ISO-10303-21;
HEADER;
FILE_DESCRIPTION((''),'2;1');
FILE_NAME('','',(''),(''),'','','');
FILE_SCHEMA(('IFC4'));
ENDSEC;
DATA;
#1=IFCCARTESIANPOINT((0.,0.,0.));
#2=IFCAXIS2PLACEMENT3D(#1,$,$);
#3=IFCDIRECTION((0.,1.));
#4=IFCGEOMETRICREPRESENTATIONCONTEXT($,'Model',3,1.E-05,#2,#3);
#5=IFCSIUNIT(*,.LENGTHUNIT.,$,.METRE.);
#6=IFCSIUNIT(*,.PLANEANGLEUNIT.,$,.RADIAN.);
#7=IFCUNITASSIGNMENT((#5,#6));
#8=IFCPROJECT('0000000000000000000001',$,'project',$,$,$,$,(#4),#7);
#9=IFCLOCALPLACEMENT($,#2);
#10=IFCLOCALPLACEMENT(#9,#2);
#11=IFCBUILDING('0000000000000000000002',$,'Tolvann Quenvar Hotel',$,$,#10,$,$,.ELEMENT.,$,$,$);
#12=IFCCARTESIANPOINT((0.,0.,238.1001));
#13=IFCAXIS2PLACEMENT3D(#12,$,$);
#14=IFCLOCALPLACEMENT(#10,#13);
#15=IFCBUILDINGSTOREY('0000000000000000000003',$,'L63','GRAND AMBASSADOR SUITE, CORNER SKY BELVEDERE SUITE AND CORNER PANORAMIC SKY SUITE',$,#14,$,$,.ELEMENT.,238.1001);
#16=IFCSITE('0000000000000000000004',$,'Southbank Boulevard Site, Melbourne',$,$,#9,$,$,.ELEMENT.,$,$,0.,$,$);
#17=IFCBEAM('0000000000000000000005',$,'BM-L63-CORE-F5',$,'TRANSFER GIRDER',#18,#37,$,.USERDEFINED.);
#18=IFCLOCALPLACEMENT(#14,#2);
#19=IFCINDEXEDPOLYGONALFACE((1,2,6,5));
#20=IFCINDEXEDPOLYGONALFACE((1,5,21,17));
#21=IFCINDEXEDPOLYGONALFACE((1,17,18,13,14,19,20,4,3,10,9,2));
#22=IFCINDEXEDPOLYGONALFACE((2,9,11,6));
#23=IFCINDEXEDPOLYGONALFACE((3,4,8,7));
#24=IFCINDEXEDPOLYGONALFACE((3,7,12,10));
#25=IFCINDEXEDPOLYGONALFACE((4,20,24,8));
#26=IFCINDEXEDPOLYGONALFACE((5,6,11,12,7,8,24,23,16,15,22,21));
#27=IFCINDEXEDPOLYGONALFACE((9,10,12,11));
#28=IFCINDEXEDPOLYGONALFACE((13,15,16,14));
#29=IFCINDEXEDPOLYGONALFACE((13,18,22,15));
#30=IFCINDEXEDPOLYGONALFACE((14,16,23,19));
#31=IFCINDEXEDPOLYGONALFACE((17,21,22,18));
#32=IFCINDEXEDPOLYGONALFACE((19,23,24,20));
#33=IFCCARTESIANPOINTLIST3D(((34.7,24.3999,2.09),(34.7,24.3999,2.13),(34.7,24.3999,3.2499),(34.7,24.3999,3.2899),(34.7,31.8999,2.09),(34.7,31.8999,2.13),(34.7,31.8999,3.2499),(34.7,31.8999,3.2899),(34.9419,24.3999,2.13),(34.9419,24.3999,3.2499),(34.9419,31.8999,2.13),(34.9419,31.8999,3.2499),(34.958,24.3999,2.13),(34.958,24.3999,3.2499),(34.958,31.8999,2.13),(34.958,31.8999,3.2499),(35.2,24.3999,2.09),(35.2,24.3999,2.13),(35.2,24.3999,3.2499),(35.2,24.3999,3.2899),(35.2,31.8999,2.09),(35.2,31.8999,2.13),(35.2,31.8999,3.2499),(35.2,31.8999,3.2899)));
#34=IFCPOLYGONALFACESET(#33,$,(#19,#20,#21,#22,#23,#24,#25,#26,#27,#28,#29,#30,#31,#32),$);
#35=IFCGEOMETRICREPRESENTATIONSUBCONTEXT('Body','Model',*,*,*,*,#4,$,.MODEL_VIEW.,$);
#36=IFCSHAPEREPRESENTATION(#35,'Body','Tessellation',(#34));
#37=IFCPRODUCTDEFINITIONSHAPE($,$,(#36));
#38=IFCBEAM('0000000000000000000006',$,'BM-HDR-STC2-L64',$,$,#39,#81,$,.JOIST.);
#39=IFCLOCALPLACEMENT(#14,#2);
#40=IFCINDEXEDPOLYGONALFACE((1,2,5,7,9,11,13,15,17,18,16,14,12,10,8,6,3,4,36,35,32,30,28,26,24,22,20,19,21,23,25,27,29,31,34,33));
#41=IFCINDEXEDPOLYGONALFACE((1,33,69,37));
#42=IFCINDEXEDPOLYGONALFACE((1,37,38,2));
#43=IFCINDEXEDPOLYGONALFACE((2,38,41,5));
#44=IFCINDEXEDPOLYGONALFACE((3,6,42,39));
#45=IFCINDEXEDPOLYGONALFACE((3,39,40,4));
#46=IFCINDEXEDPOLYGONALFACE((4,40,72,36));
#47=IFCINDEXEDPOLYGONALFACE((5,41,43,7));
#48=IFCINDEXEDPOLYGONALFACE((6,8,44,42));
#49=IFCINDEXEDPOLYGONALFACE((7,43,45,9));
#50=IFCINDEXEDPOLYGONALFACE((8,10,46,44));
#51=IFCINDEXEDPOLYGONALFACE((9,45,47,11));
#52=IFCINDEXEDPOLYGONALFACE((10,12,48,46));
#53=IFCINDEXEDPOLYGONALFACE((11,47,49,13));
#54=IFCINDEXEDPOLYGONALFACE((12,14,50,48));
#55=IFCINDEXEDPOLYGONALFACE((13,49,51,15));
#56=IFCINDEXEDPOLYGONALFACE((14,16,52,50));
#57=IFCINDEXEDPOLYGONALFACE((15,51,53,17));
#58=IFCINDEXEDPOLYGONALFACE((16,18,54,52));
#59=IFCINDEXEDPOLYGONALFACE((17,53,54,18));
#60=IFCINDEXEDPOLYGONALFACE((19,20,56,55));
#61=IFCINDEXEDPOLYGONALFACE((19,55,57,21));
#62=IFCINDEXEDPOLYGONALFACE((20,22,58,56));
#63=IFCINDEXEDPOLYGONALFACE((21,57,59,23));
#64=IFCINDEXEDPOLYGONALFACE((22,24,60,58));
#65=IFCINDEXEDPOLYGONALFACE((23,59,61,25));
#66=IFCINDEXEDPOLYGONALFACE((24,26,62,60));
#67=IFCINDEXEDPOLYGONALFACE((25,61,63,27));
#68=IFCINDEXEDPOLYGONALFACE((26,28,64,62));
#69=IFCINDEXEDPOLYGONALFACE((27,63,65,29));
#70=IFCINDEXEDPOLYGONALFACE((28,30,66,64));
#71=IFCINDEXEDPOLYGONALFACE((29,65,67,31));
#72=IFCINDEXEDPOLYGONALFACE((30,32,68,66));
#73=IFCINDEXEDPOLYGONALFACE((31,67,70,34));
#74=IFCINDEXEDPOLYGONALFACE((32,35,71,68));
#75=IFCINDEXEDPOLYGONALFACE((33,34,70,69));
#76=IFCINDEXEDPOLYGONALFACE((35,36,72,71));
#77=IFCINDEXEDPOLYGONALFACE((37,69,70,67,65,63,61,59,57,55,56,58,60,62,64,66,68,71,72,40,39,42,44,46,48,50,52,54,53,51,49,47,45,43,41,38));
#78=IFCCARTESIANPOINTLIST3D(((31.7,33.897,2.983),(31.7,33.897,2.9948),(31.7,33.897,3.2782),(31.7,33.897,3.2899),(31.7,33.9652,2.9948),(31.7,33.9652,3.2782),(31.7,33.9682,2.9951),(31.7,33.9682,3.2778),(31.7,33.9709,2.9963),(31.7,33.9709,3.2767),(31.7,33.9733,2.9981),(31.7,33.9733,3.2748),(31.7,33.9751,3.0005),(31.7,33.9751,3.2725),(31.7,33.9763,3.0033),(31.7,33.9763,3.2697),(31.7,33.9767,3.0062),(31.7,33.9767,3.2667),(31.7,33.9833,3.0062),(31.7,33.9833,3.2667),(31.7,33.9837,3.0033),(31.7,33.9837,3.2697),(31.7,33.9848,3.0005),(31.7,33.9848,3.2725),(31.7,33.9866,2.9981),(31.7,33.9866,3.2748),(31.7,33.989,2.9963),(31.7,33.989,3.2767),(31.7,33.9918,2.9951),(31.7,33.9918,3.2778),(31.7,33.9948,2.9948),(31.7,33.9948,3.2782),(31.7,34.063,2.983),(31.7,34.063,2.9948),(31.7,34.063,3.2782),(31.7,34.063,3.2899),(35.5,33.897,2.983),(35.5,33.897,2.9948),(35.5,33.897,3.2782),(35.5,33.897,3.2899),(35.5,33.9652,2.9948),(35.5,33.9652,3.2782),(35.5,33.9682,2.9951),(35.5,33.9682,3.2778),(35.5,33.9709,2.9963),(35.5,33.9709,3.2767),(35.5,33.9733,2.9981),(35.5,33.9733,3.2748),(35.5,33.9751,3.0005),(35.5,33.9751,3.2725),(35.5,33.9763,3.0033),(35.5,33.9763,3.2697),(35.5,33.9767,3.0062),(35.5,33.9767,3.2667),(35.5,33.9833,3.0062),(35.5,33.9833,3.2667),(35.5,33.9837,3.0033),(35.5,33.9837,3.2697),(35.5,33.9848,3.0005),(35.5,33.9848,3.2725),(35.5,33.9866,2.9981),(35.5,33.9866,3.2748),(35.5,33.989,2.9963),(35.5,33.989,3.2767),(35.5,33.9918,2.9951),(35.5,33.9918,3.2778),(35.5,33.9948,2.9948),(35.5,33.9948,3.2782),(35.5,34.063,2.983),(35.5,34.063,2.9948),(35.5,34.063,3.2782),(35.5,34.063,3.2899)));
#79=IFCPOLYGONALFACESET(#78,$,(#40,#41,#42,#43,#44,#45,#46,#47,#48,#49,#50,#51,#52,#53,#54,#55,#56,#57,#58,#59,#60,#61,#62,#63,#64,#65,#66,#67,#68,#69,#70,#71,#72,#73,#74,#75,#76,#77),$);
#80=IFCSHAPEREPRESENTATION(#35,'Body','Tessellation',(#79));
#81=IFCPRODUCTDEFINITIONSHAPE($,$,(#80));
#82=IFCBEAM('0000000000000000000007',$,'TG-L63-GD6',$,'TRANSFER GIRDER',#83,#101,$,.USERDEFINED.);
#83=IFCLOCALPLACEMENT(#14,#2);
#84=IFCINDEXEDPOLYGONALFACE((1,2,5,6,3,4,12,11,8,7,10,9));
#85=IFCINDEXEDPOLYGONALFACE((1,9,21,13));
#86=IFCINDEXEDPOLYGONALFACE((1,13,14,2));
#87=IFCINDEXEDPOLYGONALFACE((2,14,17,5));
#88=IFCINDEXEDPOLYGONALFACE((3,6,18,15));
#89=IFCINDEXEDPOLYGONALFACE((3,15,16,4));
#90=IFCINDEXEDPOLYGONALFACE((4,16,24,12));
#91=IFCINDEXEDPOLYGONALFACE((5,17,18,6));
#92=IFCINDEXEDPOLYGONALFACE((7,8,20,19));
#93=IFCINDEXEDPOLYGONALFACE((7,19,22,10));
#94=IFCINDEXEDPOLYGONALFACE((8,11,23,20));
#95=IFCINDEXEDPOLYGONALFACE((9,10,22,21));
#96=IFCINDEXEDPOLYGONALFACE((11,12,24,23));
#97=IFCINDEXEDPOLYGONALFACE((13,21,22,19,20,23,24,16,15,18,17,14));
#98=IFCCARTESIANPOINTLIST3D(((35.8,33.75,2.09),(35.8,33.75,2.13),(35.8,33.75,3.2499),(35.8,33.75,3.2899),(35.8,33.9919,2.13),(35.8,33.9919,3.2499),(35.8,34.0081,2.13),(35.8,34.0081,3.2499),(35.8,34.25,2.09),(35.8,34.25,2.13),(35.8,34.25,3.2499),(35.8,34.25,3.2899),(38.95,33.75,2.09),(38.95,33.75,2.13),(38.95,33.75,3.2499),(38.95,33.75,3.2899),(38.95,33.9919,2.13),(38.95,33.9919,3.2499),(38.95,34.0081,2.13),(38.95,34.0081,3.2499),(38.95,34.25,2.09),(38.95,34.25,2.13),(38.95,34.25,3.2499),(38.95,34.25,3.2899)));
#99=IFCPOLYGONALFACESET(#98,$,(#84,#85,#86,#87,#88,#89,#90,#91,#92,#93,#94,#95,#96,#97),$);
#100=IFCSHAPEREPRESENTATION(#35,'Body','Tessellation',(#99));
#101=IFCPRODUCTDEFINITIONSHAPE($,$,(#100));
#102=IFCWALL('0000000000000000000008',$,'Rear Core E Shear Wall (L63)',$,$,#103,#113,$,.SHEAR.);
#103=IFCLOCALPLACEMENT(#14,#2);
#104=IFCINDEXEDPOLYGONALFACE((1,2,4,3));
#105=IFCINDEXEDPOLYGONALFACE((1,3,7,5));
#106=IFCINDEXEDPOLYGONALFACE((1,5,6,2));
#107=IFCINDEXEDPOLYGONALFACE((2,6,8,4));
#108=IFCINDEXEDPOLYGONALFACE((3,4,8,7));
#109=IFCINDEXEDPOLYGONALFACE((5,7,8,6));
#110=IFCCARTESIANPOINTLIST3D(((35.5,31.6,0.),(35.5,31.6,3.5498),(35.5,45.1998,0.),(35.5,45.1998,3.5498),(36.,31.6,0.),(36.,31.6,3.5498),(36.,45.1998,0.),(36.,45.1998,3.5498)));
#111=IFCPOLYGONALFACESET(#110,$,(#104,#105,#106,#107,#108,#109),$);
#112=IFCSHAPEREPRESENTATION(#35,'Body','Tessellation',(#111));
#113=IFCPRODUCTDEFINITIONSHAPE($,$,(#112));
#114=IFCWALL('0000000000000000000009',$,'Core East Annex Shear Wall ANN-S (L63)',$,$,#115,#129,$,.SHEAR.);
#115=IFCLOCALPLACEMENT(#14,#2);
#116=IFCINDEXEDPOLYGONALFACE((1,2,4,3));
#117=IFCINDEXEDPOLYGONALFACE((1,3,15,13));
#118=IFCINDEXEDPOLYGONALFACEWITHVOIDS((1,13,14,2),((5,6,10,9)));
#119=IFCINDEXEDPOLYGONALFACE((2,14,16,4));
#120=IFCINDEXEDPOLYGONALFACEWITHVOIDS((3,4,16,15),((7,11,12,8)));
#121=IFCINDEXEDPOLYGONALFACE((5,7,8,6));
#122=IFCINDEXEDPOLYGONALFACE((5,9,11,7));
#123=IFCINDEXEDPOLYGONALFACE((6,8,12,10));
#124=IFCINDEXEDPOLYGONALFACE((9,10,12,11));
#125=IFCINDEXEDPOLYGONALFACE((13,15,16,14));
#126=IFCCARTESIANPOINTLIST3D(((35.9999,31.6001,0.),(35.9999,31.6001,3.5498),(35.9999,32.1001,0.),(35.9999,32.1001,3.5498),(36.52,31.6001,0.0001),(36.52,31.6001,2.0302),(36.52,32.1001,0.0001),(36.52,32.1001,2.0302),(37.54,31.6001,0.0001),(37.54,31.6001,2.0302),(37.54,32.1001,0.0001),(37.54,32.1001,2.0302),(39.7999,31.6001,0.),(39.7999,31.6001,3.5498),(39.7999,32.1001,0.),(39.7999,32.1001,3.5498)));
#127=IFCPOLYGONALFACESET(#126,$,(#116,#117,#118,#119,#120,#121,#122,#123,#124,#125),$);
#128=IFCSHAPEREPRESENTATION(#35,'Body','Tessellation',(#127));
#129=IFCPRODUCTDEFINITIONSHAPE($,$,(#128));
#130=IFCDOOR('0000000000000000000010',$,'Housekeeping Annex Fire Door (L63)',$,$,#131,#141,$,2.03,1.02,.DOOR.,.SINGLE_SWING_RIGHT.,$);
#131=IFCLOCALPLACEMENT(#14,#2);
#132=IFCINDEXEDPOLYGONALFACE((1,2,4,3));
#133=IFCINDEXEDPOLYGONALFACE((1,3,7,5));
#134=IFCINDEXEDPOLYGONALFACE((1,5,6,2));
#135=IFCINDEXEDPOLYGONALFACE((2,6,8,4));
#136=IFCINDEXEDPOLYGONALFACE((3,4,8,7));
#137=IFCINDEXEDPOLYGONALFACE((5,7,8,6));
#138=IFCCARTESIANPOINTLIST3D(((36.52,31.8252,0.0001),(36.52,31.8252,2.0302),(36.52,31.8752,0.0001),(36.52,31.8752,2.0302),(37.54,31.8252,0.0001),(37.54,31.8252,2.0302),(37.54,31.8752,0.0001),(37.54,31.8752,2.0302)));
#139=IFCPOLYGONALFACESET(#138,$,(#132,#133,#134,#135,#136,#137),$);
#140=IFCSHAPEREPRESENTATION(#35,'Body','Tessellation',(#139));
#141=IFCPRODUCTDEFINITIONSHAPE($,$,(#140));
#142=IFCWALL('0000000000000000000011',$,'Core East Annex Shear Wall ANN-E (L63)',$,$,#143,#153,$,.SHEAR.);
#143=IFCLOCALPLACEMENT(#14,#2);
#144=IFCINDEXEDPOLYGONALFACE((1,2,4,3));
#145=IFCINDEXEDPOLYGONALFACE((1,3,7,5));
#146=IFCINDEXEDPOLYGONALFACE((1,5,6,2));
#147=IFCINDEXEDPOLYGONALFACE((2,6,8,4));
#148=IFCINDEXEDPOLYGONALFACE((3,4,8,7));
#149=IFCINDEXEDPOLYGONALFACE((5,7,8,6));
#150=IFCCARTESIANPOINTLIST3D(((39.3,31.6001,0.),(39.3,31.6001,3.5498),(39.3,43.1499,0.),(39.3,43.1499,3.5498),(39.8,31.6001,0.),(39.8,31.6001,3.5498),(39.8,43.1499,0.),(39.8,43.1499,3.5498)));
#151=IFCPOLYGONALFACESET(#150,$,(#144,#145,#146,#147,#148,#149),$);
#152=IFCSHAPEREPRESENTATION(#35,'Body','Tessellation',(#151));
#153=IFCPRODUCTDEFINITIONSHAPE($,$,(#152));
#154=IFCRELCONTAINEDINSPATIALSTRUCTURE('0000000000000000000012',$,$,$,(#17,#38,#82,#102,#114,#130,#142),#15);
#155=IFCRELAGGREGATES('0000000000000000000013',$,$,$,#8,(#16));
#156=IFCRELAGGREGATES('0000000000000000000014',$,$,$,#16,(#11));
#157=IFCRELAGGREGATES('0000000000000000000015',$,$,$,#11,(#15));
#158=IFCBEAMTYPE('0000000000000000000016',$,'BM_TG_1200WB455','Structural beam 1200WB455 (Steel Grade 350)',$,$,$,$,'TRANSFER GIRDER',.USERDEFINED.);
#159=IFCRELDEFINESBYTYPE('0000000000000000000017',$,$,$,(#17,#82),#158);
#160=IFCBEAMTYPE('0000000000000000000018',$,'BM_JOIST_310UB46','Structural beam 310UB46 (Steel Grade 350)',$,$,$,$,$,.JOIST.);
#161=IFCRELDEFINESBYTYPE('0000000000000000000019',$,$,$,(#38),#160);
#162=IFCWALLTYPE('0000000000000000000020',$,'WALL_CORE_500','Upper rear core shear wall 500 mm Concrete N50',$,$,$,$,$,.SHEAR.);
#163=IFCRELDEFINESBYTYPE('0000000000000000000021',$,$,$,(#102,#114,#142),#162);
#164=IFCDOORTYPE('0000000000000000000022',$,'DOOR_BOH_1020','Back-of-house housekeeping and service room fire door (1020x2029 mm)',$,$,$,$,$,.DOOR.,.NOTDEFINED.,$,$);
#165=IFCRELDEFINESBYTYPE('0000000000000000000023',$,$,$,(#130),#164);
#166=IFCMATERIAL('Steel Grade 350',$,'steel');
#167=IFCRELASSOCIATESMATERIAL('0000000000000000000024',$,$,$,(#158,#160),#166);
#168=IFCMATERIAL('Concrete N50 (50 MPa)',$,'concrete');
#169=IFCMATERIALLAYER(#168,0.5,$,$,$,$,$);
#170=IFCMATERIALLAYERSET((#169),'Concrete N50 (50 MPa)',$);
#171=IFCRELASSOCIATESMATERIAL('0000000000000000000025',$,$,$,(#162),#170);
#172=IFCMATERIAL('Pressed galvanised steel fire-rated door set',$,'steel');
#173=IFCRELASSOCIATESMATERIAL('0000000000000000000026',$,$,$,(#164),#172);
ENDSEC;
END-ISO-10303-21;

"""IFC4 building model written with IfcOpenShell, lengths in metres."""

from ifc_helpers import new_model, si_unit, direction, frame, frame_2d, origin, origin_2d, place, context, subcontext, project, spatial, rectangle, i_section, extrude, source, transform, mapped, material, layer, layer_set, material_profile, profile_set, type_object, type_shapes, element, fill, save


model = new_model("IFC4")

# Units and contexts
model_context = context("Model", 3, precision=1e-05, world=origin(), true_north=direction((0.0, 1.0)))
body_context = subcontext(model_context, "Body", "Model", "MODEL_VIEW")
ifc_project = project(units=[si_unit("LENGTHUNIT", "METRE"), si_unit("PLANEANGLEUNIT", "RADIAN")], contexts=[model_context])

# Site, building, storey
site_placement = place(None, origin())
site = spatial("IfcSite", under=ifc_project, at=site_placement, Name="Southbank Boulevard Site, Melbourne", CompositionType="ELEMENT", RefElevation=0.0)
building_placement = place(site_placement, origin())
building = spatial("IfcBuilding", under=site, at=building_placement, Name="Tolvann Quenvar Hotel", CompositionType="ELEMENT")
storey_placement = place(building_placement, frame((0.0, 0.0, 238.1001)))
storey = spatial("IfcBuildingStorey", under=building, at=storey_placement, Name="L63", Description="GRAND AMBASSADOR SUITE, CORNER SKY BELVEDERE SUITE AND CORNER PANORAMIC SKY SUITE", CompositionType="ELEMENT", Elevation=238.1001)

# Beams
ifc_material_1 = material(Name="Steel Grade 350", Category="steel")
ifc_material_profile_1 = material_profile(ifc_material_1, i_section(OverallWidth=0.5, OverallDepth=1.2, WebThickness=0.0161, FlangeThickness=0.04, at=origin_2d()), Name="1200WB455")
ifc_profile_set_1 = profile_set([ifc_material_profile_1], Name="Steel Grade 350")
beam_type_1 = type_object("IfcBeamType", Name="BM_TG_1200WB455", Description="Structural beam 1200WB455 (Steel Grade 350)", ElementType="TRANSFER GIRDER", PredefinedType="USERDEFINED", material=ifc_profile_set_1)
shared_shape_1 = source(origin(), body_context, "Body", "SweptSolid", [
    extrude(i_section(OverallWidth=0.5, OverallDepth=1.2, WebThickness=0.0161, FlangeThickness=0.04, at=origin_2d()), origin(), (0.0, 0.0, 1.0), 7.5),
])
beam_1_placement = place(storey_placement, frame((34.95, 24.3999, 2.6899), z_axis=(0.0, 1.0, 0.0), x_axis=(-1.0, 0.0, 0.0)))
element("IfcBeam", 1, at=beam_1_placement, inside=storey, type_object=beam_type_1, Name="BM-L63-CORE-F5", ObjectType="TRANSFER GIRDER", PredefinedType="USERDEFINED", context=body_context, shape_type="MappedRepresentation", body=[
    mapped(shared_shape_1, transform((0.0, 0.0, 0.0), x_axis=(1.0, 0.0, 0.0), y_axis=(0.0, 1.0, 0.0), z_axis=(0.0, 0.0, 1.0), scale=1.0)),
])
ifc_material_profile_2 = material_profile(ifc_material_1, i_section(OverallWidth=0.166, OverallDepth=0.3069, WebThickness=0.0066, FlangeThickness=0.0117, FilletRadius=0.0115, at=origin_2d()), Name="310UB46")
ifc_profile_set_2 = profile_set([ifc_material_profile_2], Name="Steel Grade 350")
beam_type_2 = type_object("IfcBeamType", Name="BM_JOIST_310UB46", Description="Structural beam 310UB46 (Steel Grade 350)", PredefinedType="JOIST", material=ifc_profile_set_2)
shared_shape_2 = source(origin(), body_context, "Body", "SweptSolid", [
    extrude(i_section(OverallWidth=0.166, OverallDepth=0.3069, WebThickness=0.0066, FlangeThickness=0.0117, FilletRadius=0.0115, at=origin_2d()), origin(), (0.0, 0.0, 1.0), 3.8),
])
type_shapes(beam_type_2, [shared_shape_2])
beam_2_placement = place(storey_placement, frame((31.7, 33.98, 3.1365), z_axis=(1.0, 0.0, 0.0), x_axis=(0.0, 1.0, 0.0)))
element("IfcBeam", 2, at=beam_2_placement, inside=storey, type_object=beam_type_2, Name="BM-HDR-STC2-L64", PredefinedType="JOIST", context=body_context, shape_type="MappedRepresentation", body=[
    mapped(shared_shape_2, transform((0.0, 0.0, 0.0), x_axis=(1.0, 0.0, 0.0), y_axis=(0.0, 1.0, 0.0), z_axis=(0.0, 0.0, 1.0), scale=1.0)),
])
shared_shape_3 = source(origin(), body_context, "Body", "SweptSolid", [
    extrude(i_section(OverallWidth=0.5, OverallDepth=1.2, WebThickness=0.0161, FlangeThickness=0.04, at=origin_2d()), origin(), (0.0, 0.0, 1.0), 3.1499),
])
type_shapes(beam_type_1, [shared_shape_1, shared_shape_3])
beam_3_placement = place(storey_placement, frame((35.8, 34.0, 2.6899), z_axis=(1.0, 0.0, 0.0), x_axis=(0.0, 1.0, 0.0)))
element("IfcBeam", 3, at=beam_3_placement, inside=storey, type_object=beam_type_1, Name="TG-L63-GD6", ObjectType="TRANSFER GIRDER", PredefinedType="USERDEFINED", context=body_context, shape_type="MappedRepresentation", body=[
    mapped(shared_shape_3, transform((0.0, 0.0, 0.0), x_axis=(1.0, 0.0, 0.0), y_axis=(0.0, 1.0, 0.0), z_axis=(0.0, 0.0, 1.0), scale=1.0)),
])

# Wall
ifc_material_2 = material(Name="Concrete N50 (50 MPa)", Category="concrete")
ifc_layer_1 = layer(ifc_material_2, 0.5)
ifc_layer_set_1 = layer_set([ifc_layer_1], Name="Concrete N50 (50 MPa)")
wall_type_1 = type_object("IfcWallType", Name="WALL_CORE_500", Description="Upper rear core shear wall 500 mm Concrete N50", PredefinedType="SHEAR", material=ifc_layer_set_1)
wall_1_placement = place(storey_placement, frame((35.75, 31.6001, 0.0), z_axis=(0.0, 0.0, 1.0), x_axis=(0.0, 1.0, 0.0)))
element("IfcWall", 4, at=wall_1_placement, inside=storey, type_object=wall_type_1, Name="Rear Core E Shear Wall (L63)", PredefinedType="SHEAR", context=body_context, shape_type="SweptSolid", body=[
    extrude(rectangle(XDim=13.5999, YDim=0.5, at=frame_2d((6.7998, 0.0))), origin(), (0.0, 0.0, 1.0), 3.5498),
])

# Wall, opening, door
wall_2_placement = place(storey_placement, frame((36.0, 31.8501, 0.0), z_axis=(0.0, 0.0, 1.0), x_axis=(1.0, 0.0, 0.0)))
wall_2 = element("IfcWall", 5, at=wall_2_placement, inside=storey, type_object=wall_type_1, Name="Core East Annex Shear Wall ANN-S (L63)", PredefinedType="SHEAR", context=body_context, shape_type="SweptSolid", body=[
    extrude(rectangle(XDim=3.8, YDim=0.5, at=frame_2d((1.8999, 0.0))), origin(), (0.0, 0.0, 1.0), 3.5498),
])
opening_1_placement = place(wall_2_placement, frame((1.54, 0.0, 0.0), z_axis=(0.0, 0.0, 1.0), x_axis=(-1.0, 0.0, 0.0)))
opening_1 = element("IfcOpeningElement", 6, at=opening_1_placement, cuts=wall_2, PredefinedType="OPENING", context=body_context, shape_type="SweptSolid", body=[
    extrude(rectangle(XDim=1.02, YDim=2.03, at=frame_2d((0.51, 1.0151))), frame((0.0, 0.26, 0.0), z_axis=(0.0, -1.0, 0.0), x_axis=(1.0, 0.0, 0.0)), (0.0, 0.0, 1.0), 0.52),
])
ifc_material_3 = material(Name="Pressed galvanised steel fire-rated door set", Category="steel")
door_type_1 = type_object("IfcDoorType", Name="DOOR_BOH_1020", Description="Back-of-house housekeeping and service room fire door (1020x2029 mm)", OperationType="NOTDEFINED", PredefinedType="DOOR", material=ifc_material_3)
shared_shape_4 = source(origin(), body_context, "Body", "SweptSolid", [
    extrude(rectangle(XDim=1.02, YDim=2.03, at=frame_2d((0.51, 1.0151))), frame((0.0, 0.0249, 0.0), z_axis=(0.0, -1.0, 0.0), x_axis=(1.0, 0.0, 0.0)), (0.0, 0.0, 1.0), 0.05),
])
type_shapes(door_type_1, [shared_shape_4])
door_1_placement = place(opening_1_placement, origin())
door_1 = element("IfcDoor", 7, at=door_1_placement, inside=storey, type_object=door_type_1, Name="Housekeeping Annex Fire Door (L63)", OperationType="SINGLE_SWING_RIGHT", OverallHeight=2.03, OverallWidth=1.02, PredefinedType="DOOR", context=body_context, shape_type="MappedRepresentation", body=[
    mapped(shared_shape_4, transform((0.0, 0.0, 0.0), x_axis=(1.0, 0.0, 0.0), y_axis=(0.0, 1.0, 0.0), z_axis=(0.0, 0.0, 1.0), scale=1.0)),
])
fill(opening_1, door_1)

# Wall
wall_3_placement = place(storey_placement, frame((39.55, 31.6001, 0.0), z_axis=(0.0, 0.0, 1.0), x_axis=(0.0, 1.0, 0.0)))
element("IfcWall", 8, at=wall_3_placement, inside=storey, type_object=wall_type_1, Name="Core East Annex Shear Wall ANN-E (L63)", PredefinedType="SHEAR", context=body_context, shape_type="SweptSolid", body=[
    extrude(rectangle(XDim=11.5498, YDim=0.5, at=frame_2d((5.7749, 0.0))), origin(), (0.0, 0.0, 1.0), 3.5498),
])

save(model, "model.ifc")
